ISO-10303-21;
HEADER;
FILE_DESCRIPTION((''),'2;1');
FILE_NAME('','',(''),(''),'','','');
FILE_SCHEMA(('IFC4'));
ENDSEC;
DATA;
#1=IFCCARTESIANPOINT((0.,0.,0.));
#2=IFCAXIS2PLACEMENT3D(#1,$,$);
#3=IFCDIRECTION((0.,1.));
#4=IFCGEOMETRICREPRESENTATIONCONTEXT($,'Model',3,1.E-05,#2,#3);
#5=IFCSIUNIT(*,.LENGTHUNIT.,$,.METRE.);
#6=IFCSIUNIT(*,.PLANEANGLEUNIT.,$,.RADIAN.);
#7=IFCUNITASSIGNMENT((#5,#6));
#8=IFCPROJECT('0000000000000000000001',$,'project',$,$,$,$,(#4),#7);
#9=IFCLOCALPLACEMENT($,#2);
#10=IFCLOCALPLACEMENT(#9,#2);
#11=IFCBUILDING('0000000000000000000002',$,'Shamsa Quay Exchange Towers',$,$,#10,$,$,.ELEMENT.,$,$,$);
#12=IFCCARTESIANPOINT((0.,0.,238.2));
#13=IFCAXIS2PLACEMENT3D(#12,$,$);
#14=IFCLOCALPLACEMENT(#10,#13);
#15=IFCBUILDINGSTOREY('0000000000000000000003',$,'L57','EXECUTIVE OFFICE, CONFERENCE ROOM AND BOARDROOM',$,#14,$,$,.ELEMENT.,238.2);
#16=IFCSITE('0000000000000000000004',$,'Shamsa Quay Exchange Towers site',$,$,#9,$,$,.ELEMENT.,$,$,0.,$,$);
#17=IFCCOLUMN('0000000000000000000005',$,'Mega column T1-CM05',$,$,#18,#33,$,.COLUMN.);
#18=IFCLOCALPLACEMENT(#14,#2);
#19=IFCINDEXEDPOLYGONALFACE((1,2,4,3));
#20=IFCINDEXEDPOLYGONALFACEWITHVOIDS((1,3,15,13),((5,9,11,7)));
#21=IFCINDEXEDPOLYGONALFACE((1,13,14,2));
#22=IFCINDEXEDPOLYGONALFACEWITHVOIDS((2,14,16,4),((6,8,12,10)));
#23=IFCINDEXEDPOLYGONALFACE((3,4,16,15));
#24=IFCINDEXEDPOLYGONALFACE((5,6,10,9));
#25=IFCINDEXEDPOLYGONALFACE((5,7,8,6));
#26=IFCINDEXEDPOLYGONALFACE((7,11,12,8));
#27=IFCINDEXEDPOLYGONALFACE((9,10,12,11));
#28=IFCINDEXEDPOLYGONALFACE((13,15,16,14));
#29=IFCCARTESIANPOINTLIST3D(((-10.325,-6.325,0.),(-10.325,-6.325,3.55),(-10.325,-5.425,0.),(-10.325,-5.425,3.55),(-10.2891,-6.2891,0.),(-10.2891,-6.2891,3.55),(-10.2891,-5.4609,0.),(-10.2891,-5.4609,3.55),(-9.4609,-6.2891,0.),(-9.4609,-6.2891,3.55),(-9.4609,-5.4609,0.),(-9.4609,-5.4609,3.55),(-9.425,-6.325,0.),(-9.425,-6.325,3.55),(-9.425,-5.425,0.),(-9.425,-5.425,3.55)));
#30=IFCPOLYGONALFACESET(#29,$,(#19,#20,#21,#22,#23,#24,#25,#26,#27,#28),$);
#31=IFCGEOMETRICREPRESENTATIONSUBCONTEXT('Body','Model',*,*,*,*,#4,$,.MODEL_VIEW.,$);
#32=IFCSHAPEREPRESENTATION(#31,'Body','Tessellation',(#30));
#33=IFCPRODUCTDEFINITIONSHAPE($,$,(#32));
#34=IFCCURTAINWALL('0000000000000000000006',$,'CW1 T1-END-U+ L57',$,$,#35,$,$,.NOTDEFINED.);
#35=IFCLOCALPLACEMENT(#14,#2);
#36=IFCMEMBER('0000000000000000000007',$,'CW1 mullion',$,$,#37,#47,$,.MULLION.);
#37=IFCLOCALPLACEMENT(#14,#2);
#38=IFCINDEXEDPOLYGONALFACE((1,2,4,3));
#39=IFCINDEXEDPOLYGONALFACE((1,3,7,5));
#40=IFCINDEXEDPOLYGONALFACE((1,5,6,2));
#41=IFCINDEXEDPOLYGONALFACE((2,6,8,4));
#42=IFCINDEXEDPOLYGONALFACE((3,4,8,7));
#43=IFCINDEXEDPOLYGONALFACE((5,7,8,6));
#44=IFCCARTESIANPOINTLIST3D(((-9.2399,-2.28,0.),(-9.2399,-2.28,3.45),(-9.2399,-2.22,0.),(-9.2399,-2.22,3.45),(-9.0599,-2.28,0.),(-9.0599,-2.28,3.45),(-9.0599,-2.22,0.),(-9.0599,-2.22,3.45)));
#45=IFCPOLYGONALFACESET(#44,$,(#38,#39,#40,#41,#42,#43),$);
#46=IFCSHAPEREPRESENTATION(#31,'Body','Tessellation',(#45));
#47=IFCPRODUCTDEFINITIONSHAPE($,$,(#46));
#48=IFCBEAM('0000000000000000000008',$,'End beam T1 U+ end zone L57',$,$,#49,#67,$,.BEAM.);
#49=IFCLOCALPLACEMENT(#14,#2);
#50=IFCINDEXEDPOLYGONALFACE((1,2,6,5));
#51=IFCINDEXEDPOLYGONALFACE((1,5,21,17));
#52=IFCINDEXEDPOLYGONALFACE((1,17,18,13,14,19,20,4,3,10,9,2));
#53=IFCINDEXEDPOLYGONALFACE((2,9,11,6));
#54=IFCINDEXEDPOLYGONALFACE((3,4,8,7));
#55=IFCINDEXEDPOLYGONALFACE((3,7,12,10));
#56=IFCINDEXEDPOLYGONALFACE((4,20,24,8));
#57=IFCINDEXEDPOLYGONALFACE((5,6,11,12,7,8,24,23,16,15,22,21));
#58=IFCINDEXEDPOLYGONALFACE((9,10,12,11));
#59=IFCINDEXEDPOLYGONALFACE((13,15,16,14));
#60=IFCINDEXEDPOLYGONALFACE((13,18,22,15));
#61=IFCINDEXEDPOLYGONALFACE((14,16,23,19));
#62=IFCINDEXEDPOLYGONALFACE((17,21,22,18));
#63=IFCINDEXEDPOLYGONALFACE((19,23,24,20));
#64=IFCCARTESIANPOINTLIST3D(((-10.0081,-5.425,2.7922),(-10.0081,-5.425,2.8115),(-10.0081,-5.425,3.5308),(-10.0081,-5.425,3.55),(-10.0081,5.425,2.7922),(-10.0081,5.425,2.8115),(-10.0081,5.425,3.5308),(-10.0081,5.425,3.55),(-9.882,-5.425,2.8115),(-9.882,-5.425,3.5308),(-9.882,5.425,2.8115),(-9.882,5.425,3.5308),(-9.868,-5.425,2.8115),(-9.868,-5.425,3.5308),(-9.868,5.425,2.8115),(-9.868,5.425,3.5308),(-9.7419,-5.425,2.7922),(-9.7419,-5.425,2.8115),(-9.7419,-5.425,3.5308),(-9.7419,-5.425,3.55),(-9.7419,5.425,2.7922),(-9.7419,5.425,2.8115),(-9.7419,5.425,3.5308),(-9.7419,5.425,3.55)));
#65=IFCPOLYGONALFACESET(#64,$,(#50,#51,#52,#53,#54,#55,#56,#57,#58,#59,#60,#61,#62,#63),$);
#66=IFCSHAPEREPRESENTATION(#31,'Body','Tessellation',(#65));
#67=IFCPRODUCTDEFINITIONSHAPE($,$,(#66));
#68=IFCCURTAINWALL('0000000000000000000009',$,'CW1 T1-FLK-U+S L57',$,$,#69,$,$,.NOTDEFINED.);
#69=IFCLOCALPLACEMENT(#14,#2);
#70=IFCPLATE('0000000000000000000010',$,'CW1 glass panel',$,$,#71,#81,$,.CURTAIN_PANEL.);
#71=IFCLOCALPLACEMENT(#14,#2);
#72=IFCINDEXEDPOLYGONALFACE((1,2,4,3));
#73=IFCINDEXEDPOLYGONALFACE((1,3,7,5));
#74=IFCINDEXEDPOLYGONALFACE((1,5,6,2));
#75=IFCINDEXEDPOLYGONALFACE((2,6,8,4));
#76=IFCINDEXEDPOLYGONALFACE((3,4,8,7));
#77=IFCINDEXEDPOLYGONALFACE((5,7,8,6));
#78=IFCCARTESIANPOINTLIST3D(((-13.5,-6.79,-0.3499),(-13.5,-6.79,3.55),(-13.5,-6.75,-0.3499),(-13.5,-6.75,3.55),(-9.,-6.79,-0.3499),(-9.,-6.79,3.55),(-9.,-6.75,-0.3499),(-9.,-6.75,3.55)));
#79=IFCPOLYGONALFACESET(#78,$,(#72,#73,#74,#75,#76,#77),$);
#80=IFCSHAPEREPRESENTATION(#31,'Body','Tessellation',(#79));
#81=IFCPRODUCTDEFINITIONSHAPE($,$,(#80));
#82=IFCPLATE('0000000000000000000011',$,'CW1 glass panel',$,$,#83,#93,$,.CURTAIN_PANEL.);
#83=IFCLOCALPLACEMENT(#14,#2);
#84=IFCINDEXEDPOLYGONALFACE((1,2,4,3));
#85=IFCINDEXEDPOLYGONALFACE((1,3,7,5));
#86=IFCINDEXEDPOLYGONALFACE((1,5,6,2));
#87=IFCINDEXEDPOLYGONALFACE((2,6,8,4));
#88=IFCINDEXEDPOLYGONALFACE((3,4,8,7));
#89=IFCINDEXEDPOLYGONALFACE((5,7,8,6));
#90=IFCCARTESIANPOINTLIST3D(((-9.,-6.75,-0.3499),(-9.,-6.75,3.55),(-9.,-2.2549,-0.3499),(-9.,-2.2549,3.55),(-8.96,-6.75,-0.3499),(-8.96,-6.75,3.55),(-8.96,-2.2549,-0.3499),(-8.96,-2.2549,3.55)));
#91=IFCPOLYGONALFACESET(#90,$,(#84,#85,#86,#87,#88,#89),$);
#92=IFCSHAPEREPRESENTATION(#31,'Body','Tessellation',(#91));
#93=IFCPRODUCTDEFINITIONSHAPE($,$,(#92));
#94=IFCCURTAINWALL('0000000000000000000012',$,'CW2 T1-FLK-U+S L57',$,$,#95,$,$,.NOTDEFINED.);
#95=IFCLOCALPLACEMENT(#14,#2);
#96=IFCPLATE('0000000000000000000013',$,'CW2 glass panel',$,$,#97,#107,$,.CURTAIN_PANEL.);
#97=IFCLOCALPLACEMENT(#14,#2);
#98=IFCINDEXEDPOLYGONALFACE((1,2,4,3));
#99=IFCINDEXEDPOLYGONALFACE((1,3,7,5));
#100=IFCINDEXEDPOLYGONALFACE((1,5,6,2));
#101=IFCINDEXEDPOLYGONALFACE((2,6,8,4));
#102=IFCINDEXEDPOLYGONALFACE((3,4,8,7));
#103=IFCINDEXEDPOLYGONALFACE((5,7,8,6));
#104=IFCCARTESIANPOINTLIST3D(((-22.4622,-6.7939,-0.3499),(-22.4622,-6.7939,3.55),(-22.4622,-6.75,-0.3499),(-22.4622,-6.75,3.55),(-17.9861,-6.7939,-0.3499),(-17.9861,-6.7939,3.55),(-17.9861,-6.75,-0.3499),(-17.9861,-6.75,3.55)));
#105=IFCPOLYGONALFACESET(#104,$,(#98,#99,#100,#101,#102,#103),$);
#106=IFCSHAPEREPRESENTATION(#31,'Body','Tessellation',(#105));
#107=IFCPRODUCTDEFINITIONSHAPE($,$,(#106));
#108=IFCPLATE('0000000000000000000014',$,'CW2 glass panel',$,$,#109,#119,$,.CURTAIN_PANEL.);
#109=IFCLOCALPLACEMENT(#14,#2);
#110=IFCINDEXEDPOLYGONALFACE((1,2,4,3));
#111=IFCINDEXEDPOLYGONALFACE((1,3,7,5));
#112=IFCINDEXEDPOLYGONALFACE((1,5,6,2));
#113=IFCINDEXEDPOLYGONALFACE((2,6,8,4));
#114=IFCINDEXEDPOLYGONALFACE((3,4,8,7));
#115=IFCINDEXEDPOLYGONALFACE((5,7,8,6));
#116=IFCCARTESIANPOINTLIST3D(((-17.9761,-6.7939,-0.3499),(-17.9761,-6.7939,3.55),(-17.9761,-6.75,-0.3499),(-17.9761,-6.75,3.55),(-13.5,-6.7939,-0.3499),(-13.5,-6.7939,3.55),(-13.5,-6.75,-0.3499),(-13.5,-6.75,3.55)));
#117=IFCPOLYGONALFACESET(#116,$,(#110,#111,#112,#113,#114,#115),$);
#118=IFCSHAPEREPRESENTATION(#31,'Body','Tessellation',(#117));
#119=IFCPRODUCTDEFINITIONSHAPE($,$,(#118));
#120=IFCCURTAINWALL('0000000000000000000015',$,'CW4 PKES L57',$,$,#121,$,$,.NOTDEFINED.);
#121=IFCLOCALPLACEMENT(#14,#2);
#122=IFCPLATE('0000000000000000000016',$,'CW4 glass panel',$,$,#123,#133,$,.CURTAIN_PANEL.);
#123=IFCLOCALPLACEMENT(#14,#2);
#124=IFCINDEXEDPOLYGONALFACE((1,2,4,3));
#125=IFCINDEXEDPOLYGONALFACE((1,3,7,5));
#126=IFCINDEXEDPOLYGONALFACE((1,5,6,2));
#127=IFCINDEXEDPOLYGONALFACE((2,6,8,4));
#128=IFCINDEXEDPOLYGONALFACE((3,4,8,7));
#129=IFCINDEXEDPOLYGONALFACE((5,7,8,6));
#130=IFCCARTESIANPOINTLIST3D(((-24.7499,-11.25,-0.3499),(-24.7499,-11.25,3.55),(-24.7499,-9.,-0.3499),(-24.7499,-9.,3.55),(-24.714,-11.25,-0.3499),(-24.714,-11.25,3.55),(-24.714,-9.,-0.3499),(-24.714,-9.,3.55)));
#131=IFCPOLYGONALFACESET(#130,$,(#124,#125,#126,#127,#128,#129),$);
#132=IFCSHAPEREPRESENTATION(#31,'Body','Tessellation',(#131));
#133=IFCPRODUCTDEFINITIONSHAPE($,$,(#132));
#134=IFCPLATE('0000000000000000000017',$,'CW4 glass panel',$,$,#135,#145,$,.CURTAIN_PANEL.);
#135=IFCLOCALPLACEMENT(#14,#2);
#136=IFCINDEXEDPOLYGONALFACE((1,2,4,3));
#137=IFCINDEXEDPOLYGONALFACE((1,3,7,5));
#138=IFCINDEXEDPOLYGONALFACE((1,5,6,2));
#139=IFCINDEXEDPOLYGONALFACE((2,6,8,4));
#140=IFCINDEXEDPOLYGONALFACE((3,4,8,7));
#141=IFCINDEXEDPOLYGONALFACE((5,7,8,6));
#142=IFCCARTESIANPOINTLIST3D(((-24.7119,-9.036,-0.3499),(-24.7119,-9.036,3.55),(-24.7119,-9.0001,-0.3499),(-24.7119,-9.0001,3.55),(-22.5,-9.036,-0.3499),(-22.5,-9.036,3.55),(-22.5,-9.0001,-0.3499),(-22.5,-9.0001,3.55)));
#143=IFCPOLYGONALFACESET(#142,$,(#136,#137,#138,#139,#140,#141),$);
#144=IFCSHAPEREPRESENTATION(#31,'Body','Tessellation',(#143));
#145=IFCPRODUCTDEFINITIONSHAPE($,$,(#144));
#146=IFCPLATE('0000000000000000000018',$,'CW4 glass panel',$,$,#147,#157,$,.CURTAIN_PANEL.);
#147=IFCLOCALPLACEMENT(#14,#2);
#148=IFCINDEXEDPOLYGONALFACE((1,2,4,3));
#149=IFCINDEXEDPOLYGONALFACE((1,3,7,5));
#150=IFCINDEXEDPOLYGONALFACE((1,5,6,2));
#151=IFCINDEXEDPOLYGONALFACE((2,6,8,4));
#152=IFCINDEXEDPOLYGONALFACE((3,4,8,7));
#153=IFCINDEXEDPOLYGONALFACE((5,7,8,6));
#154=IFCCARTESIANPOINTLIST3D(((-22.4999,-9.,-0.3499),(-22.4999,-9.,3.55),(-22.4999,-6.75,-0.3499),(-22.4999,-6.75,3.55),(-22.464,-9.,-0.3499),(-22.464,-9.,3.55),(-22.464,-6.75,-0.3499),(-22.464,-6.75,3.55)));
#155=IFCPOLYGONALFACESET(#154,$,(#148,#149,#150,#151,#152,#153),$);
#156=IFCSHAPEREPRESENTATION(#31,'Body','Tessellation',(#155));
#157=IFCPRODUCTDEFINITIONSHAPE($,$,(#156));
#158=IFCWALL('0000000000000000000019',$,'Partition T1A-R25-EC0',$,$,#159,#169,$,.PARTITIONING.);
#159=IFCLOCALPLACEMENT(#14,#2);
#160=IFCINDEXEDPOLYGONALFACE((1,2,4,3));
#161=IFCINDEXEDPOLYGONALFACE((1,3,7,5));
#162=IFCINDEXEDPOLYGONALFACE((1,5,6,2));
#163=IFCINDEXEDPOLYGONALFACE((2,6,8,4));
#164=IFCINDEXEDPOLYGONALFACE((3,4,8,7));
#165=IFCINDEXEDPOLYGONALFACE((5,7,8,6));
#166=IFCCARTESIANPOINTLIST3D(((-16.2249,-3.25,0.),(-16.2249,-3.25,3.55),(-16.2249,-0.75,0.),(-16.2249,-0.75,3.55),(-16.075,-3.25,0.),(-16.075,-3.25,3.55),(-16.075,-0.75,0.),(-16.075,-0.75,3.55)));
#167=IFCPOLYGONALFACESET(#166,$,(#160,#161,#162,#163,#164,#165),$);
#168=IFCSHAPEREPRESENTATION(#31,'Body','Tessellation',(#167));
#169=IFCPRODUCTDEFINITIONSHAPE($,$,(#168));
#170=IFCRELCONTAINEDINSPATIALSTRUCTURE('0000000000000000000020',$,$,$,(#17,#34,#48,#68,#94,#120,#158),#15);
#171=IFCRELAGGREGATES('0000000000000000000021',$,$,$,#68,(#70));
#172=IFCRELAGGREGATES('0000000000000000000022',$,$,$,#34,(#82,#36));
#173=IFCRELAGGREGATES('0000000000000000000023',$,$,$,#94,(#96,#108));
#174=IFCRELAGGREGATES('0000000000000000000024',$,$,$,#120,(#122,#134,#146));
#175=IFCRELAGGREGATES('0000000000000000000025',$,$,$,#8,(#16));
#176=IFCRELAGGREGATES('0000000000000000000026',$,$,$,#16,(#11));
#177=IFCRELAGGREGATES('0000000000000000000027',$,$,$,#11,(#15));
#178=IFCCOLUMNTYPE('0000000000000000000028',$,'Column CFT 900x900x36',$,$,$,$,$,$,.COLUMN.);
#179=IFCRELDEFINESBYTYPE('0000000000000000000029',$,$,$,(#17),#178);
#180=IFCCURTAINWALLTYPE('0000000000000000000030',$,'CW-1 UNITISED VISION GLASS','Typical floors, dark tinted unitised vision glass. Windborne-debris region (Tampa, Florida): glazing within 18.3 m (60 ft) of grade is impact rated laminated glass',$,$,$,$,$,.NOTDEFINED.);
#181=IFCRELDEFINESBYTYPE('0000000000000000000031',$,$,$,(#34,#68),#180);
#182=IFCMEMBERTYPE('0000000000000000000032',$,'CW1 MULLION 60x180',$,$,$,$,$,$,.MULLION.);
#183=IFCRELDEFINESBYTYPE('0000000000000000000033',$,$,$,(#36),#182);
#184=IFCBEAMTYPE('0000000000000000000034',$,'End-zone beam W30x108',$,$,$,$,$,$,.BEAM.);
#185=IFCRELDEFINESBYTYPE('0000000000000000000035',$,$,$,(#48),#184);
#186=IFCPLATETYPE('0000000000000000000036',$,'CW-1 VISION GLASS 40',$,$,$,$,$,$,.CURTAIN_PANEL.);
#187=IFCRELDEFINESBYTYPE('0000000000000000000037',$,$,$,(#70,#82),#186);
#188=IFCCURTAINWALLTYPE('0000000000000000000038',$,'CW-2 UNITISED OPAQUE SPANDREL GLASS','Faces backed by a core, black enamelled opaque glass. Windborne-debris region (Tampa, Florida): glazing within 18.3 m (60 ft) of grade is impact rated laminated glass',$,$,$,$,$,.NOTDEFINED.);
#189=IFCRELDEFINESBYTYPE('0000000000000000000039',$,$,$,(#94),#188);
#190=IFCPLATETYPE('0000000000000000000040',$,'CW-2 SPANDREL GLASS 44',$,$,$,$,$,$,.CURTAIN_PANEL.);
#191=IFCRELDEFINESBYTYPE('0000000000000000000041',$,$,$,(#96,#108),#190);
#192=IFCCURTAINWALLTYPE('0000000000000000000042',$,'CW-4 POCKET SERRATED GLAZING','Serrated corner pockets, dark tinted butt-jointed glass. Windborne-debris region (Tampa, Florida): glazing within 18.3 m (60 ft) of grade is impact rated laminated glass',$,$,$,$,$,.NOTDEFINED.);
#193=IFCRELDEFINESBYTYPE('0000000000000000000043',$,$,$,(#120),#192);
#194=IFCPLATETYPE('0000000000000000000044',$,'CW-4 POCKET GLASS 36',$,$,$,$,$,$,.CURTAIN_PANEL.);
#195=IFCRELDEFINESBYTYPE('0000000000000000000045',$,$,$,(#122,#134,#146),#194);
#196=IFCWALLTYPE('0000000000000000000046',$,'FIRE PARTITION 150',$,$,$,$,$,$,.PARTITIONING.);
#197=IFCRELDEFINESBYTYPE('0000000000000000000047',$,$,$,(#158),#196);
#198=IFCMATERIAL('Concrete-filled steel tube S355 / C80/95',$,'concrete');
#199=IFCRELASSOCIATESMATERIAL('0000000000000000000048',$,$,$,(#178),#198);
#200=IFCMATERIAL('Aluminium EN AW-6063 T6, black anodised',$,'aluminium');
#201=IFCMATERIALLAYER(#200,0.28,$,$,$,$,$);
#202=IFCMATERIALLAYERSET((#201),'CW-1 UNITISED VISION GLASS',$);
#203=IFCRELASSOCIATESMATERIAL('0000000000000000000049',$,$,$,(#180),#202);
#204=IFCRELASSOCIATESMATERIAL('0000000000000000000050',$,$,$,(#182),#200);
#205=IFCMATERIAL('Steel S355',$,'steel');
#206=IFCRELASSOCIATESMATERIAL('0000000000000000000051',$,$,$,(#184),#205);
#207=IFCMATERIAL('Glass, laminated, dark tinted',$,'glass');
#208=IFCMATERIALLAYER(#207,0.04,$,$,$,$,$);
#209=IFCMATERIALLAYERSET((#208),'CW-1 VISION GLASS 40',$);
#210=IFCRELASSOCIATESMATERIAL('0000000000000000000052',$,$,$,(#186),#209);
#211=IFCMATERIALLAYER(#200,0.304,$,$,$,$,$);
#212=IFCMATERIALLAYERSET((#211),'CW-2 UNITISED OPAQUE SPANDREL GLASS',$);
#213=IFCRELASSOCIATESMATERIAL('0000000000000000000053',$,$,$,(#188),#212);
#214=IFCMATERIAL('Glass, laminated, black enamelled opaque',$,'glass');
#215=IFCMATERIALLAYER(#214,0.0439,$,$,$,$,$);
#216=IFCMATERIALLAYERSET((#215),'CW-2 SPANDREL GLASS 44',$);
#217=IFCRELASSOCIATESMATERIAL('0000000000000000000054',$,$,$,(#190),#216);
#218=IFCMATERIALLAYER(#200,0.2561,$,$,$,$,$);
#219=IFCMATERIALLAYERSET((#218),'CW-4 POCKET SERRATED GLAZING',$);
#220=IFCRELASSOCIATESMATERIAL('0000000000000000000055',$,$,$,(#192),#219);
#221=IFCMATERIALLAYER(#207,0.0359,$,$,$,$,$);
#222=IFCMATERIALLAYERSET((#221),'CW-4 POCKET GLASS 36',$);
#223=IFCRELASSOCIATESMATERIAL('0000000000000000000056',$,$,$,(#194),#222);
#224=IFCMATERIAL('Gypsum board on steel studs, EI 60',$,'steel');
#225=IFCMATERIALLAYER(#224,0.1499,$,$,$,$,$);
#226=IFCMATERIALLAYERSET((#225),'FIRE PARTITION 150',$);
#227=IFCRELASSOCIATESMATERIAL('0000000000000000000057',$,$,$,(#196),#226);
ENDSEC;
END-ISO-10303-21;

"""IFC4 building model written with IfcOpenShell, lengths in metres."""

from ifc_helpers import new_model, si_unit, direction, frame, frame_2d, origin, origin_2d, place, context, subcontext, project, spatial, rectangle, hollow_rectangle, i_section, extrude, material, layer, layer_set, material_profile, profile_set, type_object, element, aggregate, save


model = new_model("IFC4")

# Units and contexts
model_context = context("Model", 3, precision=1e-05, world=origin(), true_north=direction((0.0, 1.0)))
body_context = subcontext(model_context, "Body", "Model", "MODEL_VIEW")
ifc_project = project(units=[si_unit("LENGTHUNIT", "METRE"), si_unit("PLANEANGLEUNIT", "RADIAN")], contexts=[model_context])

# Site, building, storey
site_placement = place(None, origin())
site = spatial("IfcSite", under=ifc_project, at=site_placement, Name="Shamsa Quay Exchange Towers site", CompositionType="ELEMENT", RefElevation=0.0)
building_placement = place(site_placement, origin())
building = spatial("IfcBuilding", under=site, at=building_placement, Name="Shamsa Quay Exchange Towers", CompositionType="ELEMENT")
storey_placement = place(building_placement, frame((0.0, 0.0, 238.2)))
storey = spatial("IfcBuildingStorey", under=building, at=storey_placement, Name="L57", Description="EXECUTIVE OFFICE, CONFERENCE ROOM AND BOARDROOM", CompositionType="ELEMENT", Elevation=238.2)

# Column
ifc_material_1 = material(Name="Concrete-filled steel tube S355 / C80/95", Category="concrete")
ifc_material_profile_1 = material_profile(ifc_material_1, hollow_rectangle(XDim=0.8999, YDim=0.8999, WallThickness=0.0359, at=origin_2d()), Name="CFT 900x900x36")
ifc_profile_set_1 = profile_set([ifc_material_profile_1], Name="Concrete-filled steel tube S355 / C80/95")
column_type = type_object("IfcColumnType", Name="Column CFT 900x900x36", PredefinedType="COLUMN", material=ifc_profile_set_1)
column_placement = place(storey_placement, frame((-9.875, -5.875, 0.0)))
element("IfcColumn", 1, at=column_placement, inside=storey, type_object=column_type, Name="Mega column T1-CM05", PredefinedType="COLUMN", context=body_context, shape_type="SweptSolid", body=[
    extrude(hollow_rectangle(XDim=0.8999, YDim=0.8999, WallThickness=0.0359, at=origin_2d()), origin(), (0.0, 0.0, 1.0), 3.55),
])

# Curtain wall, member
ifc_material_2 = material(Name="Aluminium EN AW-6063 T6, black anodised", Category="aluminium")
ifc_layer_1 = layer(ifc_material_2, 0.28)
ifc_layer_set_1 = layer_set([ifc_layer_1], Name="CW-1 UNITISED VISION GLASS")
curtain_wall_type_1 = type_object("IfcCurtainWallType", Name="CW-1 UNITISED VISION GLASS", Description="Typical floors, dark tinted unitised vision glass. Windborne-debris region (Tampa, Florida): glazing within 18.3 m (60 ft) of grade is impact rated laminated glass", PredefinedType="NOTDEFINED", material=ifc_layer_set_1)
curtain_wall_1_placement = place(storey_placement, origin())
curtain_wall_1 = element("IfcCurtainWall", 2, at=curtain_wall_1_placement, inside=storey, type_object=curtain_wall_type_1, Name="CW1 T1-END-U+ L57", PredefinedType="NOTDEFINED")
ifc_material_profile_2 = material_profile(ifc_material_2, rectangle(XDim=0.1799, YDim=0.0601, at=origin_2d()), Name="MU60x180")
ifc_profile_set_2 = profile_set([ifc_material_profile_2], Name="Aluminium EN AW-6063 T6, black anodised")
member_type = type_object("IfcMemberType", Name="CW1 MULLION 60x180", PredefinedType="MULLION", material=ifc_profile_set_2)
member_placement = place(storey_placement, frame((-9.1499, -2.25, 0.0), z_axis=(0.0, 0.0, 1.0), x_axis=(-1.0, 0.0, 0.0)))
member = element("IfcMember", 3, at=member_placement, type_object=member_type, Name="CW1 mullion", PredefinedType="MULLION", context=body_context, shape_type="SweptSolid", body=[
    extrude(rectangle(XDim=0.1799, YDim=0.0601, at=origin_2d()), origin(), (0.0, 0.0, 1.0), 3.45),
])

# Beam
ifc_material_3 = material(Name="Steel S355", Category="steel")
ifc_material_profile_3 = material_profile(ifc_material_3, i_section(OverallWidth=0.2661, OverallDepth=0.7578, WebThickness=0.0139, FlangeThickness=0.0193, at=origin_2d()), Name="W30x108")
ifc_profile_set_3 = profile_set([ifc_material_profile_3], Name="Steel S355")
beam_type = type_object("IfcBeamType", Name="End-zone beam W30x108", PredefinedType="BEAM", material=ifc_profile_set_3)
beam_placement = place(storey_placement, frame((-9.875, -5.425, 3.1711), z_axis=(0.0, 1.0, 0.0), x_axis=(-1.0, 0.0, 0.0)))
element("IfcBeam", 4, at=beam_placement, inside=storey, type_object=beam_type, Name="End beam T1 U+ end zone L57", PredefinedType="BEAM", context=body_context, shape_type="SweptSolid", body=[
    extrude(i_section(OverallWidth=0.2661, OverallDepth=0.7578, WebThickness=0.0139, FlangeThickness=0.0193, at=origin_2d()), origin(), (0.0, 0.0, 1.0), 10.8501),
])

# Curtain wall, plate
curtain_wall_2_placement = place(storey_placement, origin())
curtain_wall_2 = element("IfcCurtainWall", 5, at=curtain_wall_2_placement, inside=storey, type_object=curtain_wall_type_1, Name="CW1 T1-FLK-U+S L57", PredefinedType="NOTDEFINED")
ifc_material_4 = material(Name="Glass, laminated, dark tinted", Category="glass")
ifc_layer_2 = layer(ifc_material_4, 0.04)
ifc_layer_set_2 = layer_set([ifc_layer_2], Name="CW-1 VISION GLASS 40")
plate_type_1 = type_object("IfcPlateType", Name="CW-1 VISION GLASS 40", PredefinedType="CURTAIN_PANEL", material=ifc_layer_set_2)
plate_1_placement = place(storey_placement, frame((-11.25, -6.77, -0.3499)))
plate_1 = element("IfcPlate", 6, at=plate_1_placement, type_object=plate_type_1, Name="CW1 glass panel", PredefinedType="CURTAIN_PANEL", context=body_context, shape_type="SweptSolid", body=[
    extrude(rectangle(XDim=4.5, YDim=0.04, at=origin_2d()), origin(), (0.0, 0.0, 1.0), 3.8999),
])
aggregate(curtain_wall_2, [plate_1])

# Plate
plate_2_placement = place(storey_placement, frame((-8.98, -4.5024, -0.3499), z_axis=(0.0, 0.0, 1.0), x_axis=(0.0, 1.0, 0.0)))
plate_2 = element("IfcPlate", 7, at=plate_2_placement, type_object=plate_type_1, Name="CW1 glass panel", PredefinedType="CURTAIN_PANEL", context=body_context, shape_type="SweptSolid", body=[
    extrude(rectangle(XDim=4.4951, YDim=0.04, at=origin_2d()), origin(), (0.0, 0.0, 1.0), 3.8999),
])
aggregate(curtain_wall_1, [plate_2, member])

# Curtain walls, plates
ifc_layer_3 = layer(ifc_material_2, 0.304)
ifc_layer_set_3 = layer_set([ifc_layer_3], Name="CW-2 UNITISED OPAQUE SPANDREL GLASS")
curtain_wall_type_2 = type_object("IfcCurtainWallType", Name="CW-2 UNITISED OPAQUE SPANDREL GLASS", Description="Faces backed by a core, black enamelled opaque glass. Windborne-debris region (Tampa, Florida): glazing within 18.3 m (60 ft) of grade is impact rated laminated glass", PredefinedType="NOTDEFINED", material=ifc_layer_set_3)
curtain_wall_3_placement = place(storey_placement, origin())
curtain_wall_3 = element("IfcCurtainWall", 8, at=curtain_wall_3_placement, inside=storey, type_object=curtain_wall_type_2, Name="CW2 T1-FLK-U+S L57", PredefinedType="NOTDEFINED")
ifc_material_5 = material(Name="Glass, laminated, black enamelled opaque", Category="glass")
ifc_layer_4 = layer(ifc_material_5, 0.0439)
ifc_layer_set_4 = layer_set([ifc_layer_4], Name="CW-2 SPANDREL GLASS 44")
plate_type_2 = type_object("IfcPlateType", Name="CW-2 SPANDREL GLASS 44", PredefinedType="CURTAIN_PANEL", material=ifc_layer_set_4)
plate_3_placement = place(storey_placement, frame((-20.2241, -6.772, -0.3499)))
plate_3 = element("IfcPlate", 9, at=plate_3_placement, type_object=plate_type_2, Name="CW2 glass panel", PredefinedType="CURTAIN_PANEL", context=body_context, shape_type="SweptSolid", body=[
    extrude(rectangle(XDim=4.4761, YDim=0.0439, at=origin_2d()), origin(), (0.0, 0.0, 1.0), 3.8999),
])
plate_4_placement = place(storey_placement, frame((-15.738, -6.772, -0.3499)))
plate_4 = element("IfcPlate", 10, at=plate_4_placement, type_object=plate_type_2, Name="CW2 glass panel", PredefinedType="CURTAIN_PANEL", context=body_context, shape_type="SweptSolid", body=[
    extrude(rectangle(XDim=4.4761, YDim=0.0439, at=origin_2d()), origin(), (0.0, 0.0, 1.0), 3.8999),
])
aggregate(curtain_wall_3, [plate_3, plate_4])
ifc_layer_5 = layer(ifc_material_2, 0.2561)
ifc_layer_set_5 = layer_set([ifc_layer_5], Name="CW-4 POCKET SERRATED GLAZING")
curtain_wall_type_3 = type_object("IfcCurtainWallType", Name="CW-4 POCKET SERRATED GLAZING", Description="Serrated corner pockets, dark tinted butt-jointed glass. Windborne-debris region (Tampa, Florida): glazing within 18.3 m (60 ft) of grade is impact rated laminated glass", PredefinedType="NOTDEFINED", material=ifc_layer_set_5)
curtain_wall_4_placement = place(storey_placement, origin())
curtain_wall_4 = element("IfcCurtainWall", 11, at=curtain_wall_4_placement, inside=storey, type_object=curtain_wall_type_3, Name="CW4 PKES L57", PredefinedType="NOTDEFINED")
ifc_layer_6 = layer(ifc_material_4, 0.0359)
ifc_layer_set_6 = layer_set([ifc_layer_6], Name="CW-4 POCKET GLASS 36")
plate_type_3 = type_object("IfcPlateType", Name="CW-4 POCKET GLASS 36", PredefinedType="CURTAIN_PANEL", material=ifc_layer_set_6)
plate_5_placement = place(storey_placement, frame((-24.7319, -10.125, -0.3499), z_axis=(0.0, 0.0, 1.0), x_axis=(0.0, 1.0, 0.0)))
plate_5 = element("IfcPlate", 12, at=plate_5_placement, type_object=plate_type_3, Name="CW4 glass panel", PredefinedType="CURTAIN_PANEL", context=body_context, shape_type="SweptSolid", body=[
    extrude(rectangle(XDim=2.25, YDim=0.0359, at=origin_2d()), origin(), (0.0, 0.0, 1.0), 3.8999),
])
plate_6_placement = place(storey_placement, frame((-23.606, -9.0181, -0.3499)))
plate_6 = element("IfcPlate", 13, at=plate_6_placement, type_object=plate_type_3, Name="CW4 glass panel", PredefinedType="CURTAIN_PANEL", context=body_context, shape_type="SweptSolid", body=[
    extrude(rectangle(XDim=2.2119, YDim=0.0359, at=origin_2d()), origin(), (0.0, 0.0, 1.0), 3.8999),
])
plate_7_placement = place(storey_placement, frame((-22.4819, -7.875, -0.3499), z_axis=(0.0, 0.0, 1.0), x_axis=(0.0, 1.0, 0.0)))
plate_7 = element("IfcPlate", 14, at=plate_7_placement, type_object=plate_type_3, Name="CW4 glass panel", PredefinedType="CURTAIN_PANEL", context=body_context, shape_type="SweptSolid", body=[
    extrude(rectangle(XDim=2.25, YDim=0.0359, at=origin_2d()), origin(), (0.0, 0.0, 1.0), 3.8999),
])
aggregate(curtain_wall_4, [plate_5, plate_6, plate_7])

# Wall
ifc_material_6 = material(Name="Gypsum board on steel studs, EI 60", Category="steel")
ifc_layer_7 = layer(ifc_material_6, 0.1499)
ifc_layer_set_7 = layer_set([ifc_layer_7], Name="FIRE PARTITION 150")
wall_type_1 = type_object("IfcWallType", Name="FIRE PARTITION 150", PredefinedType="PARTITIONING", material=ifc_layer_set_7)
wall_1_placement = place(storey_placement, frame((-16.1499, -3.25, 0.0), z_axis=(0.0, 0.0, 1.0), x_axis=(0.0, 1.0, 0.0)))
element("IfcWall", 15, at=wall_1_placement, inside=storey, type_object=wall_type_1, Name="Partition T1A-R25-EC0", PredefinedType="PARTITIONING", context=body_context, shape_type="SweptSolid", body=[
    extrude(rectangle(XDim=2.5, YDim=0.1499, at=frame_2d((1.25, 0.0))), origin(), (0.0, 0.0, 1.0), 3.55),
])

save(model, "model.ifc")
